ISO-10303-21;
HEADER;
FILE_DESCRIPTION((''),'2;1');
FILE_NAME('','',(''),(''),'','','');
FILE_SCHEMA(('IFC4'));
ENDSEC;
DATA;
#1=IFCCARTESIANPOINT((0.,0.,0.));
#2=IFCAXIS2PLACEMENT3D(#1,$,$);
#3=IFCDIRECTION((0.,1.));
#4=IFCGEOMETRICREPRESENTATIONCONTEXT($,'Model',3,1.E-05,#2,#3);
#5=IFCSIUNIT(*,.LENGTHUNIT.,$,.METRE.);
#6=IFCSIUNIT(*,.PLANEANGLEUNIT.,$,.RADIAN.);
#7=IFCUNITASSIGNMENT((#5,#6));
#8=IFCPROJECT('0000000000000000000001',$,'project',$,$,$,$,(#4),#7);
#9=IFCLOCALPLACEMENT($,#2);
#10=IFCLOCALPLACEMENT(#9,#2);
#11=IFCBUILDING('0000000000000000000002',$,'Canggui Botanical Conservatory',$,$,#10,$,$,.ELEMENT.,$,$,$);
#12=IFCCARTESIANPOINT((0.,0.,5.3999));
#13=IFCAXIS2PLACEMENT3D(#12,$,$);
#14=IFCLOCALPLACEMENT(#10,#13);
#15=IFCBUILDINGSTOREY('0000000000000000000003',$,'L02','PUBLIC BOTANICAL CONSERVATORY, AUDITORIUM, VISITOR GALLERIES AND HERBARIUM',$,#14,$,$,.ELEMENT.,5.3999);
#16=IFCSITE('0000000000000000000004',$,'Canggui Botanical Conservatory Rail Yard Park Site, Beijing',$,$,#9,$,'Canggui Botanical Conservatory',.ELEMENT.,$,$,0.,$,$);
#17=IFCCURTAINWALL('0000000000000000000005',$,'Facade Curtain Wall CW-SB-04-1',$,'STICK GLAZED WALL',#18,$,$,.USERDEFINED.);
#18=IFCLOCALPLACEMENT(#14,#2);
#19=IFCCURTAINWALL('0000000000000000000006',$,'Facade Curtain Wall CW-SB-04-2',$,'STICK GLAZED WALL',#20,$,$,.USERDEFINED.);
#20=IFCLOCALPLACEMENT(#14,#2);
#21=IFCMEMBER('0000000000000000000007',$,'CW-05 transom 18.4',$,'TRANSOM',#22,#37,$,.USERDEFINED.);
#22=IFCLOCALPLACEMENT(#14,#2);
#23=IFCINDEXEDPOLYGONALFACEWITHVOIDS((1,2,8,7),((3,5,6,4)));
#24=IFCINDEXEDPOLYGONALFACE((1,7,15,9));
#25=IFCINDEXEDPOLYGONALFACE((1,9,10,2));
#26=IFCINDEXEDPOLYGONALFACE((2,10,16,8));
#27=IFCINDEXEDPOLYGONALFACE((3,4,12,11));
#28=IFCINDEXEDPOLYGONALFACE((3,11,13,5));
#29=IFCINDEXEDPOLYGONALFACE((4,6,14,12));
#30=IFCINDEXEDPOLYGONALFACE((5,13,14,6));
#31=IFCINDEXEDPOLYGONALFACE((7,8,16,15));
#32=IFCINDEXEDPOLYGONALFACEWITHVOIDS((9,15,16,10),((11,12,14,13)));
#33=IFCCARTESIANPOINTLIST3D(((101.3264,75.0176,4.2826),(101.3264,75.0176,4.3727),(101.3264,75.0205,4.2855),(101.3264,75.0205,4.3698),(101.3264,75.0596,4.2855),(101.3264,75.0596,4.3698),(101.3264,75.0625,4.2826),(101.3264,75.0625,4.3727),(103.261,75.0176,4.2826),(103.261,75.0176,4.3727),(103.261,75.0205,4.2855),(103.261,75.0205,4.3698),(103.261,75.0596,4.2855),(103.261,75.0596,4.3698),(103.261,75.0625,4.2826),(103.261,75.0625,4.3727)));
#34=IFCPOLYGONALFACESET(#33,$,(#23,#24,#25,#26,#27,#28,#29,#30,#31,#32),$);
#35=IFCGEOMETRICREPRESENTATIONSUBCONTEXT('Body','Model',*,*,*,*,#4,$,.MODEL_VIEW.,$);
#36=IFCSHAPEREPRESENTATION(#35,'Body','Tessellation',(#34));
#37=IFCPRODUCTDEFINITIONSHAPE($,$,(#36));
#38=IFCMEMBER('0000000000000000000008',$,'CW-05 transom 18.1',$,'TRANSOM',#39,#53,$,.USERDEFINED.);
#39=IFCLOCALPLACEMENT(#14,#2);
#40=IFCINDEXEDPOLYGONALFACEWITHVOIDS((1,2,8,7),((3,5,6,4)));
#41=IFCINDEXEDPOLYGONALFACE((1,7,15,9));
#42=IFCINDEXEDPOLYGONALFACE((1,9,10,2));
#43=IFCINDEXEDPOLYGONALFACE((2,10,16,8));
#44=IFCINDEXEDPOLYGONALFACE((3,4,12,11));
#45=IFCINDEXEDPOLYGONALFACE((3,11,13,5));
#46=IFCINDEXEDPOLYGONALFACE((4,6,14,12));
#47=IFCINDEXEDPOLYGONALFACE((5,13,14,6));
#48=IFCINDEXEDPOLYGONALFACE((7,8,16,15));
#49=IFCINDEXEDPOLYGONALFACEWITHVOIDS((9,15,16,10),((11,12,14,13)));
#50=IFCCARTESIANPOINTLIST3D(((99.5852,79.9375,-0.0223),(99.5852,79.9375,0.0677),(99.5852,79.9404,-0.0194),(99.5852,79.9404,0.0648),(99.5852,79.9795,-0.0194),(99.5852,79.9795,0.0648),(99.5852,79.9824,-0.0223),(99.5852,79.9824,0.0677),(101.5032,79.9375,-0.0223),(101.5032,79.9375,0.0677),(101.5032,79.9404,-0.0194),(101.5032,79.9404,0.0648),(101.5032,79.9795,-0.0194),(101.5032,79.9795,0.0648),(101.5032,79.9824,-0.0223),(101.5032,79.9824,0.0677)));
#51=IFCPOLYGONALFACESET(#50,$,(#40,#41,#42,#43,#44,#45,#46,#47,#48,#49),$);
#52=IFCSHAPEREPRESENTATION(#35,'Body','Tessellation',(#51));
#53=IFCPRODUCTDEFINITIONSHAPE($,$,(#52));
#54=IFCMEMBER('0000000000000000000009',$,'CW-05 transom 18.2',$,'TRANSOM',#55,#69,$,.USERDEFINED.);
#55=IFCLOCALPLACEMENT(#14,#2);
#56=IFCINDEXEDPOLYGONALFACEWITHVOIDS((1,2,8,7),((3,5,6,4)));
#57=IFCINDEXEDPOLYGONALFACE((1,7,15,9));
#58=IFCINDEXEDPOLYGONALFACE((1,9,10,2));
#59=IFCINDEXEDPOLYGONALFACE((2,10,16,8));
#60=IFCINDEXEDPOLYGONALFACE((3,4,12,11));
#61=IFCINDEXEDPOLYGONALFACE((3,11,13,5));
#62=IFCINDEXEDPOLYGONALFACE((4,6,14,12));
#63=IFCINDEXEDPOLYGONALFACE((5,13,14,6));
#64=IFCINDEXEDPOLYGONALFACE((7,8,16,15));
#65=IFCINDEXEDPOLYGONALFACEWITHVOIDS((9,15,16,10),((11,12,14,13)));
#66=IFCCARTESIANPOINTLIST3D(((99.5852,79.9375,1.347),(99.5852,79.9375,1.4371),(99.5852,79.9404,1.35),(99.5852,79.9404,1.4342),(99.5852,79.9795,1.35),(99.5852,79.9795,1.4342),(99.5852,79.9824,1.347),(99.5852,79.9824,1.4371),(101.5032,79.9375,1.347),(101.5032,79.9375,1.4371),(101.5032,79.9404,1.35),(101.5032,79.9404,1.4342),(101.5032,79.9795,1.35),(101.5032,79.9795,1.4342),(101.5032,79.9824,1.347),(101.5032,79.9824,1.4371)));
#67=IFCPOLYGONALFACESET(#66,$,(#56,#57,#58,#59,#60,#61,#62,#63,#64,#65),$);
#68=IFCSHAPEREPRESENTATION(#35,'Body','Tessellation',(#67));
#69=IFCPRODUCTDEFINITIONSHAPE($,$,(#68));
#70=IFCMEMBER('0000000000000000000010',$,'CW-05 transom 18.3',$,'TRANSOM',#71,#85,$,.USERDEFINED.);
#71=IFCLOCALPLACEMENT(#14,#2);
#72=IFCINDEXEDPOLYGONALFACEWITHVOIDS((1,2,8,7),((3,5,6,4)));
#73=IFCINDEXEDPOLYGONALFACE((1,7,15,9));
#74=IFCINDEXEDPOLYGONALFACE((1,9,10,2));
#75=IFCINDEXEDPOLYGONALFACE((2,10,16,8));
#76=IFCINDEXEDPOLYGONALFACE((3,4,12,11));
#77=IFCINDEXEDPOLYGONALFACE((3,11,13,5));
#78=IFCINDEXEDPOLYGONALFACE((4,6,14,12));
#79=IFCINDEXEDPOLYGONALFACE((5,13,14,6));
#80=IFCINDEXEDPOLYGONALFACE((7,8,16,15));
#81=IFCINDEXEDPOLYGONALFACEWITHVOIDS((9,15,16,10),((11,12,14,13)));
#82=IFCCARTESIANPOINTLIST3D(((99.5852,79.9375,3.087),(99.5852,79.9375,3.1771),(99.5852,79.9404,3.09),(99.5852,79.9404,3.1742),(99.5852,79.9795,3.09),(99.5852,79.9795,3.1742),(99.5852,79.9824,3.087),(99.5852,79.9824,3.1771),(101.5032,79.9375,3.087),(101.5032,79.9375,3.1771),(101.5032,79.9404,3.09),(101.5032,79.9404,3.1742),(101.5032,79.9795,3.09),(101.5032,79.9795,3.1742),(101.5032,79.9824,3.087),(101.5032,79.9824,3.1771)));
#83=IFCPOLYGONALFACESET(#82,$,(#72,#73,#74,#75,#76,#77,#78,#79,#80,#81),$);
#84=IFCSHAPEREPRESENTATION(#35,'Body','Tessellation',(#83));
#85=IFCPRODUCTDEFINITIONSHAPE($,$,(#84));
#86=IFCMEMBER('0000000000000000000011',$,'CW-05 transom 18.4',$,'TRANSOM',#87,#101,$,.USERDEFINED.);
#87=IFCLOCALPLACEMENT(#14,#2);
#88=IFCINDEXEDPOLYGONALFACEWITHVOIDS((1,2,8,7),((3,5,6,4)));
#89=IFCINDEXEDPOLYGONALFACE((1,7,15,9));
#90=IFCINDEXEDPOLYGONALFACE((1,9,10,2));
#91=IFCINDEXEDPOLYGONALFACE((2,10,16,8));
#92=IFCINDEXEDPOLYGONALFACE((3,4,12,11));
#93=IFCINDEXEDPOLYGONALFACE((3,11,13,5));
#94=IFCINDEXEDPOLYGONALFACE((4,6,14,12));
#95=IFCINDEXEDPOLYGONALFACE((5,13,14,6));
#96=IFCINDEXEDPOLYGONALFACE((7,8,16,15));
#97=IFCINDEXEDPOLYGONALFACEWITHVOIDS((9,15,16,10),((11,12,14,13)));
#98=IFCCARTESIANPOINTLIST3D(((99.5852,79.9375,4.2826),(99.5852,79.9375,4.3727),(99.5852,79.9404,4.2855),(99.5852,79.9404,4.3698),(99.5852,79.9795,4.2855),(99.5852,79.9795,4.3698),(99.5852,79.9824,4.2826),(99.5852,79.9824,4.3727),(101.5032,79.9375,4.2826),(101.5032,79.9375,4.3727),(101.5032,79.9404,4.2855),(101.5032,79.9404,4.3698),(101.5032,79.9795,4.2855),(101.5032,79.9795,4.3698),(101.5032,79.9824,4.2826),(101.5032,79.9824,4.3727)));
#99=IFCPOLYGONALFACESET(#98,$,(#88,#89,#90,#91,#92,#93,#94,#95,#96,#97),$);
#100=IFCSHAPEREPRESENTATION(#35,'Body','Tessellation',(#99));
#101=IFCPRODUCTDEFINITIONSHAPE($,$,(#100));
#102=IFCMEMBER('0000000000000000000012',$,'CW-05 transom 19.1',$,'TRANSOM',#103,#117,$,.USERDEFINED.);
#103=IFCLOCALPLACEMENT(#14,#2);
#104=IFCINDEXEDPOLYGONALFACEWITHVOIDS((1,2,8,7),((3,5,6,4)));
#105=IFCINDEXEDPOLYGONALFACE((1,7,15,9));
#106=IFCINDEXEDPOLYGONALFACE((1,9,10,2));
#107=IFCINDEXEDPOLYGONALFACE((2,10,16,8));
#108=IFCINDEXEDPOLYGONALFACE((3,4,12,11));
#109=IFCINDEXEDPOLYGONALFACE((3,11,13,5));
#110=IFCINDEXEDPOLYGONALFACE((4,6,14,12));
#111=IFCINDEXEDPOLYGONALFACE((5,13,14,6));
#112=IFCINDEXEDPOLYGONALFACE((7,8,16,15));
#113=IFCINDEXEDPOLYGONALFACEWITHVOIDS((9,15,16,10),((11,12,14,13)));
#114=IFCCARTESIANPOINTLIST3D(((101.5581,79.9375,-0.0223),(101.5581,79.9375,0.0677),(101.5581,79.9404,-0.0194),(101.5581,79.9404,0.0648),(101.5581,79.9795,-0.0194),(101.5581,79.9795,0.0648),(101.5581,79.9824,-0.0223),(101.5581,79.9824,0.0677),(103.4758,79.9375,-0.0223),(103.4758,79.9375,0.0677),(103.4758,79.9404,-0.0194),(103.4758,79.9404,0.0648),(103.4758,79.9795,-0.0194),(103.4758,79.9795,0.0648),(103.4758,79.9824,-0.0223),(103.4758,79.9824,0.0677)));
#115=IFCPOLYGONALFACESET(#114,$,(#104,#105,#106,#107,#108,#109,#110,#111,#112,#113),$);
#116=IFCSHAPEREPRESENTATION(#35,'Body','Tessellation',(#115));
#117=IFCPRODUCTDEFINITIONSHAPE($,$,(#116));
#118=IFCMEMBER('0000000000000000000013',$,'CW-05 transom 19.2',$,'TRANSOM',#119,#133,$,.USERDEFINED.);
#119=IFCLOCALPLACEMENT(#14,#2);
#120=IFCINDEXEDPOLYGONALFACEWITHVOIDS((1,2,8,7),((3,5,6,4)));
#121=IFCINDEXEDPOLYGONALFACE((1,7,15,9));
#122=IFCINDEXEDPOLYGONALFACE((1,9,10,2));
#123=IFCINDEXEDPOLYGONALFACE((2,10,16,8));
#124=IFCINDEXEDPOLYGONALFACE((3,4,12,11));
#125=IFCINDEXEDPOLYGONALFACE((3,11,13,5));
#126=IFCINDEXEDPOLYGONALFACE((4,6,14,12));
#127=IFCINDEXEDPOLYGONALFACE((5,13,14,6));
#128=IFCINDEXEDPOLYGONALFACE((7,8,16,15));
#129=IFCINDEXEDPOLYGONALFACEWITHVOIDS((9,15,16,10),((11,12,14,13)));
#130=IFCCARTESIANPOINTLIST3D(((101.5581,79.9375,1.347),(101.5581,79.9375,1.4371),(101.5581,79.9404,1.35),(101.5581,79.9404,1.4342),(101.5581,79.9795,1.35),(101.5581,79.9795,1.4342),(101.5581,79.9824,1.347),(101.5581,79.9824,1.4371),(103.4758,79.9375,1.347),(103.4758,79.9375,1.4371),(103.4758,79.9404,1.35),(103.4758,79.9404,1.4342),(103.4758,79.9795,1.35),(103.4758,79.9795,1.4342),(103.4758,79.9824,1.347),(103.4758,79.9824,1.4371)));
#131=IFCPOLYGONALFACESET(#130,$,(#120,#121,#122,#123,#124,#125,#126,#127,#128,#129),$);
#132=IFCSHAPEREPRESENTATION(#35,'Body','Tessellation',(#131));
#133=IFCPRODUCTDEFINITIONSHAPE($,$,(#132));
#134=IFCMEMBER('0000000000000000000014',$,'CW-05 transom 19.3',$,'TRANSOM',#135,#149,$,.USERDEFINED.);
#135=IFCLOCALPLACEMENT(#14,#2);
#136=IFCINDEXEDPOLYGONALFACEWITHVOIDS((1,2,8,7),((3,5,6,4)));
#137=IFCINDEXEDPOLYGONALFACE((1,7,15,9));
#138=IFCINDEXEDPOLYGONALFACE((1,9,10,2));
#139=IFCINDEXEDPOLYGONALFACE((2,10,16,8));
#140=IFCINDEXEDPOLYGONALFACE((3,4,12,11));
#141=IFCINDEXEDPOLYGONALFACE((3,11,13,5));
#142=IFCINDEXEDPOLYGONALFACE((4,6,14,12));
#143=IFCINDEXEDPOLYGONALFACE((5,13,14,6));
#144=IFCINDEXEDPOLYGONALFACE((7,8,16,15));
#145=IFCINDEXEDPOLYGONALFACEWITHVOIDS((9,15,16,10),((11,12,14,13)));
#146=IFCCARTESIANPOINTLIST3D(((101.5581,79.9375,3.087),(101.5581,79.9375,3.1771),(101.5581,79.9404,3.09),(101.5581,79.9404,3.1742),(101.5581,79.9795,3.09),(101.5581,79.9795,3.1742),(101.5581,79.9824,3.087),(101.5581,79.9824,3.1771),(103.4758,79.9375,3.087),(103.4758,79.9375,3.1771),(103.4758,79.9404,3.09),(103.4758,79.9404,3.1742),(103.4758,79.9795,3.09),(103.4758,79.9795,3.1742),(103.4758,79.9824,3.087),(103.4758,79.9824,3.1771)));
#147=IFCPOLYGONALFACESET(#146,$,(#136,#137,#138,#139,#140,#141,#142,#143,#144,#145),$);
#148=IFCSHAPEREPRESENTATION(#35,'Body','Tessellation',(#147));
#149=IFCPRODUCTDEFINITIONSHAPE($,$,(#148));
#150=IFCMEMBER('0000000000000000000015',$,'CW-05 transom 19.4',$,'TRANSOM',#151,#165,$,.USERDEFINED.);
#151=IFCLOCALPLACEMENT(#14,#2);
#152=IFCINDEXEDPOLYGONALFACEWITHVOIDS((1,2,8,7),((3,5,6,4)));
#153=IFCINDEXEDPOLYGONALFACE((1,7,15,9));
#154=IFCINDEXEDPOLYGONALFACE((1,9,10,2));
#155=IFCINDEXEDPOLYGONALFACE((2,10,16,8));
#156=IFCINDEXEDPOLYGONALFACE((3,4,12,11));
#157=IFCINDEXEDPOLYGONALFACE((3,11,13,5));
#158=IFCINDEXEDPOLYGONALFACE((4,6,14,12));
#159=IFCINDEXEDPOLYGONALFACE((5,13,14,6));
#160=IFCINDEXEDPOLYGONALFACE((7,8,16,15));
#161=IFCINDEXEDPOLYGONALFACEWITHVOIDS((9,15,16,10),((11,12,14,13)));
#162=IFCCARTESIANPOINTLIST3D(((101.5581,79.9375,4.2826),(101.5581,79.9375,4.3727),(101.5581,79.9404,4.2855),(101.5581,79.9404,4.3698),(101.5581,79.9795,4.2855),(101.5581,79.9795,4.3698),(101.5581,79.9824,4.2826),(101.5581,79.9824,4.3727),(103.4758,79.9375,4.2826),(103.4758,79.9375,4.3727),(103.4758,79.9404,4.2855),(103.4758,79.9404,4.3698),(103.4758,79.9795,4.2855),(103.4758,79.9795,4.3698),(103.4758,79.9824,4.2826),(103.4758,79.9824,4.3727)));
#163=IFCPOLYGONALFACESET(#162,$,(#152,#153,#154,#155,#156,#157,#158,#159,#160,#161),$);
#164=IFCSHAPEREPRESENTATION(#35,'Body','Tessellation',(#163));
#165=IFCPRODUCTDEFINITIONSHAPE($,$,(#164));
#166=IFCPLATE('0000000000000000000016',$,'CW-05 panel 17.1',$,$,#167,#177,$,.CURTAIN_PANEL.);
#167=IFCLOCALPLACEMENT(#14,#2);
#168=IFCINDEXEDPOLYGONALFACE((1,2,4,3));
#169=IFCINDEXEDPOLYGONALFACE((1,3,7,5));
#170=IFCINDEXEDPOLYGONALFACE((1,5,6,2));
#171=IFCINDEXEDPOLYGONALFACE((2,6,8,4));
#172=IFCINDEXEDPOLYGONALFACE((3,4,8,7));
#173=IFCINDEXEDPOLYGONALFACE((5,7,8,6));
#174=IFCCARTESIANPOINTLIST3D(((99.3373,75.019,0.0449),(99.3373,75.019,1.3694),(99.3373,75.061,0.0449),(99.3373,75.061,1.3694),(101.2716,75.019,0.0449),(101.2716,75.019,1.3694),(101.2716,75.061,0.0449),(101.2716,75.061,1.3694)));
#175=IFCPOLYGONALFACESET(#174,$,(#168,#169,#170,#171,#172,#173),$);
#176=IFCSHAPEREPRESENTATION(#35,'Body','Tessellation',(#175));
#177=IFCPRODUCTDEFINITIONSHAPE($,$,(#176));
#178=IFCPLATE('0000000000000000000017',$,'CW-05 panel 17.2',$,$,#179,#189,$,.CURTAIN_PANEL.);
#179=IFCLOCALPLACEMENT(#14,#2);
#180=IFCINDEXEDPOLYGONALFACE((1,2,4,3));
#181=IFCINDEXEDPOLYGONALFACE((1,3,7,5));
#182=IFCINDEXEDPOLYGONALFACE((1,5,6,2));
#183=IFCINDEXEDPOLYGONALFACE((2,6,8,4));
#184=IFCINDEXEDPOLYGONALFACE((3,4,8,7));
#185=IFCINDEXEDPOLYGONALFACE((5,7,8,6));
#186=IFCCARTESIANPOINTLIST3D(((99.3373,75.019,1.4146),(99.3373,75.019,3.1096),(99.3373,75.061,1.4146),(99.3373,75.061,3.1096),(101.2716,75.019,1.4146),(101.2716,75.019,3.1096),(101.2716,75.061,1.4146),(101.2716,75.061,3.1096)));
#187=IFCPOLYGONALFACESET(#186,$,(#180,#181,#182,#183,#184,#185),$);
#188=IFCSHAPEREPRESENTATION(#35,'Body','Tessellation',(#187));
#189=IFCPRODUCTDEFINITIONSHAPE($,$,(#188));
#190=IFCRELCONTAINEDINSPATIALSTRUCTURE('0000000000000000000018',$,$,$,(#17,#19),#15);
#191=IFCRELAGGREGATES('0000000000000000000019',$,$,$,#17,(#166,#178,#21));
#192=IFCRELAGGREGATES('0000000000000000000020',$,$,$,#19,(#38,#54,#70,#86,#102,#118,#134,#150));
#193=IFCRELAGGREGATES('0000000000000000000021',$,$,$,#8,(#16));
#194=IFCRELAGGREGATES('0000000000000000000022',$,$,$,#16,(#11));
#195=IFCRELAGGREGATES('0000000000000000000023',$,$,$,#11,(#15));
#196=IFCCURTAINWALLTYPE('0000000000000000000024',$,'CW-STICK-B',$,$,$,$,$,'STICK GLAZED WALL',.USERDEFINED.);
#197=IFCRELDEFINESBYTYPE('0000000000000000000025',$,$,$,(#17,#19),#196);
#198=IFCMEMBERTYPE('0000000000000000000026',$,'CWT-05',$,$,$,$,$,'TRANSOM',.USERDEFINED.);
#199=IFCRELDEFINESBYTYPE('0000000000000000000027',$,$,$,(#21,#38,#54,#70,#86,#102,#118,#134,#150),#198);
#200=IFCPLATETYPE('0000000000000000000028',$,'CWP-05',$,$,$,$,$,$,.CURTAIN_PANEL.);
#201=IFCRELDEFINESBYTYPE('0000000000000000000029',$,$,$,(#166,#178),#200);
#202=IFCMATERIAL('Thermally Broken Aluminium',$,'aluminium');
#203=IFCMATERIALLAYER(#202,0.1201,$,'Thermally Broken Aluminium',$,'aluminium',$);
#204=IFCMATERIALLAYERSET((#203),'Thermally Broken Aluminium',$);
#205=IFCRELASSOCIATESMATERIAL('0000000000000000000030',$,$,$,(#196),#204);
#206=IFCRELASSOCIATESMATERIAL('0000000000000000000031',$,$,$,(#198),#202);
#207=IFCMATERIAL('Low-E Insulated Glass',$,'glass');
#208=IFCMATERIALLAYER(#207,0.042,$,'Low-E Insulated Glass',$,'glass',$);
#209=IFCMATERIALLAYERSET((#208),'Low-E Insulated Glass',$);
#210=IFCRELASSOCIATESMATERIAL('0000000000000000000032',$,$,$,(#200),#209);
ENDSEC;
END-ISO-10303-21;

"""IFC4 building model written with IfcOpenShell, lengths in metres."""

from ifc_helpers import new_model, si_unit, direction, frame, origin, origin_2d, place, context, subcontext, project, spatial, rectangle, hollow_rectangle, extrude, material, layer, layer_set, material_profile, profile_set, type_object, element, aggregate, save


model = new_model("IFC4")

# Units and contexts
model_context = context("Model", 3, precision=1e-05, world=origin(), true_north=direction((0.0, 1.0)))
body_context = subcontext(model_context, "Body", "Model", "MODEL_VIEW")
ifc_project = project(units=[si_unit("LENGTHUNIT", "METRE"), si_unit("PLANEANGLEUNIT", "RADIAN")], contexts=[model_context])

# Site, building, storey
site_placement = place(None, origin())
site = spatial("IfcSite", under=ifc_project, at=site_placement, Name="Canggui Botanical Conservatory Rail Yard Park Site, Beijing", LongName="Canggui Botanical Conservatory", CompositionType="ELEMENT", RefElevation=0.0)
building_placement = place(site_placement, origin())
building = spatial("IfcBuilding", under=site, at=building_placement, Name="Canggui Botanical Conservatory", CompositionType="ELEMENT")
storey_placement = place(building_placement, frame((0.0, 0.0, 5.3999)))
storey = spatial("IfcBuildingStorey", under=building, at=storey_placement, Name="L02", Description="PUBLIC BOTANICAL CONSERVATORY, AUDITORIUM, VISITOR GALLERIES AND HERBARIUM", CompositionType="ELEMENT", Elevation=5.3999)

# Curtain walls
ifc_material_1 = material(Name="Thermally Broken Aluminium", Category="aluminium")
ifc_layer_1 = layer(ifc_material_1, 0.1201, Name="Thermally Broken Aluminium", Category="aluminium")
ifc_layer_set_1 = layer_set([ifc_layer_1], Name="Thermally Broken Aluminium")
curtain_wall_type = type_object("IfcCurtainWallType", Name="CW-STICK-B", ElementType="STICK GLAZED WALL", PredefinedType="USERDEFINED", material=ifc_layer_set_1)
curtain_wall_1_placement = place(storey_placement, origin())
curtain_wall_1 = element("IfcCurtainWall", 1, at=curtain_wall_1_placement, inside=storey, type_object=curtain_wall_type, Name="Facade Curtain Wall CW-SB-04-1", ObjectType="STICK GLAZED WALL", PredefinedType="USERDEFINED")
curtain_wall_2_placement = place(storey_placement, origin())
curtain_wall_2 = element("IfcCurtainWall", 2, at=curtain_wall_2_placement, inside=storey, type_object=curtain_wall_type, Name="Facade Curtain Wall CW-SB-04-2", ObjectType="STICK GLAZED WALL", PredefinedType="USERDEFINED")

# Members
ifc_material_profile_1 = material_profile(ifc_material_1, hollow_rectangle(XDim=0.0449, YDim=0.0901, WallThickness=0.0029, at=origin_2d()), Name="CWT 45x90x3")
ifc_profile_set_1 = profile_set([ifc_material_profile_1], Name="Thermally Broken Aluminium")
member_type_1 = type_object("IfcMemberType", Name="CWT-05", ElementType="TRANSOM", PredefinedType="USERDEFINED", material=ifc_profile_set_1)
member_1_placement = place(storey_placement, frame((101.3264, 75.04, 4.3276), z_axis=(1.0, 0.0, 0.0), x_axis=(0.0, 1.0, 0.0)))
member_1 = element("IfcMember", 3, at=member_1_placement, type_object=member_type_1, Name="CW-05 transom 18.4", ObjectType="TRANSOM", PredefinedType="USERDEFINED", context=body_context, shape_type="SweptSolid", body=[
    extrude(hollow_rectangle(XDim=0.0449, YDim=0.0901, WallThickness=0.0029, at=origin_2d()), origin(), (0.0, 0.0, 1.0), 1.9346),
])
member_2_placement = place(storey_placement, frame((99.5852, 79.96, 0.0227), z_axis=(1.0, 0.0, 0.0), x_axis=(0.0, 1.0, 0.0)))
member_2 = element("IfcMember", 4, at=member_2_placement, type_object=member_type_1, Name="CW-05 transom 18.1", ObjectType="TRANSOM", PredefinedType="USERDEFINED", context=body_context, shape_type="SweptSolid", body=[
    extrude(hollow_rectangle(XDim=0.0449, YDim=0.0901, WallThickness=0.0029, at=origin_2d()), origin(), (0.0, 0.0, 1.0), 1.918),
])
member_3_placement = place(storey_placement, frame((99.5852, 79.96, 1.3921), z_axis=(1.0, 0.0, 0.0), x_axis=(0.0, 1.0, 0.0)))
member_3 = element("IfcMember", 5, at=member_3_placement, type_object=member_type_1, Name="CW-05 transom 18.2", ObjectType="TRANSOM", PredefinedType="USERDEFINED", context=body_context, shape_type="SweptSolid", body=[
    extrude(hollow_rectangle(XDim=0.0449, YDim=0.0901, WallThickness=0.0029, at=origin_2d()), origin(), (0.0, 0.0, 1.0), 1.918),
])
member_4_placement = place(storey_placement, frame((99.5852, 79.96, 3.1321), z_axis=(1.0, 0.0, 0.0), x_axis=(0.0, 1.0, 0.0)))
member_4 = element("IfcMember", 6, at=member_4_placement, type_object=member_type_1, Name="CW-05 transom 18.3", ObjectType="TRANSOM", PredefinedType="USERDEFINED", context=body_context, shape_type="SweptSolid", body=[
    extrude(hollow_rectangle(XDim=0.0449, YDim=0.0901, WallThickness=0.0029, at=origin_2d()), origin(), (0.0, 0.0, 1.0), 1.918),
])
member_5_placement = place(storey_placement, frame((99.5852, 79.96, 4.3276), z_axis=(1.0, 0.0, 0.0), x_axis=(0.0, 1.0, 0.0)))
member_5 = element("IfcMember", 7, at=member_5_placement, type_object=member_type_1, Name="CW-05 transom 18.4", ObjectType="TRANSOM", PredefinedType="USERDEFINED", context=body_context, shape_type="SweptSolid", body=[
    extrude(hollow_rectangle(XDim=0.0449, YDim=0.0901, WallThickness=0.0029, at=origin_2d()), origin(), (0.0, 0.0, 1.0), 1.918),
])
member_6_placement = place(storey_placement, frame((101.5581, 79.96, 0.0227), z_axis=(1.0, 0.0, 0.0), x_axis=(0.0, 1.0, 0.0)))
member_6 = element("IfcMember", 8, at=member_6_placement, type_object=member_type_1, Name="CW-05 transom 19.1", ObjectType="TRANSOM", PredefinedType="USERDEFINED", context=body_context, shape_type="SweptSolid", body=[
    extrude(hollow_rectangle(XDim=0.0449, YDim=0.0901, WallThickness=0.0029, at=origin_2d()), origin(), (0.0, 0.0, 1.0), 1.9177),
])
member_7_placement = place(storey_placement, frame((101.5581, 79.96, 1.3921), z_axis=(1.0, 0.0, 0.0), x_axis=(0.0, 1.0, 0.0)))
member_7 = element("IfcMember", 9, at=member_7_placement, type_object=member_type_1, Name="CW-05 transom 19.2", ObjectType="TRANSOM", PredefinedType="USERDEFINED", context=body_context, shape_type="SweptSolid", body=[
    extrude(hollow_rectangle(XDim=0.0449, YDim=0.0901, WallThickness=0.0029, at=origin_2d()), origin(), (0.0, 0.0, 1.0), 1.9177),
])
member_8_placement = place(storey_placement, frame((101.5581, 79.96, 3.1321), z_axis=(1.0, 0.0, 0.0), x_axis=(0.0, 1.0, 0.0)))
member_8 = element("IfcMember", 10, at=member_8_placement, type_object=member_type_1, Name="CW-05 transom 19.3", ObjectType="TRANSOM", PredefinedType="USERDEFINED", context=body_context, shape_type="SweptSolid", body=[
    extrude(hollow_rectangle(XDim=0.0449, YDim=0.0901, WallThickness=0.0029, at=origin_2d()), origin(), (0.0, 0.0, 1.0), 1.9177),
])
member_9_placement = place(storey_placement, frame((101.5581, 79.96, 4.3276), z_axis=(1.0, 0.0, 0.0), x_axis=(0.0, 1.0, 0.0)))
member_9 = element("IfcMember", 11, at=member_9_placement, type_object=member_type_1, Name="CW-05 transom 19.4", ObjectType="TRANSOM", PredefinedType="USERDEFINED", context=body_context, shape_type="SweptSolid", body=[
    extrude(hollow_rectangle(XDim=0.0449, YDim=0.0901, WallThickness=0.0029, at=origin_2d()), origin(), (0.0, 0.0, 1.0), 1.9177),
])

# Plates
ifc_material_2 = material(Name="Low-E Insulated Glass", Category="glass")
ifc_layer_2 = layer(ifc_material_2, 0.042, Name="Low-E Insulated Glass", Category="glass")
ifc_layer_set_2 = layer_set([ifc_layer_2], Name="Low-E Insulated Glass")
plate_type = type_object("IfcPlateType", Name="CWP-05", PredefinedType="CURTAIN_PANEL", material=ifc_layer_set_2)
plate_1_placement = place(storey_placement, frame((100.3044, 75.04, 0.0449), z_axis=(0.0, 0.0, 1.0), x_axis=(1.0, 0.0, 0.0)))
plate_1 = element("IfcPlate", 12, at=plate_1_placement, type_object=plate_type, Name="CW-05 panel 17.1", PredefinedType="CURTAIN_PANEL", context=body_context, shape_type="SweptSolid", body=[
    extrude(rectangle(XDim=1.9343, YDim=0.042, at=origin_2d()), origin(), (0.0, 0.0, 1.0), 1.3245),
])
plate_2_placement = place(storey_placement, frame((100.3044, 75.04, 1.4146), z_axis=(0.0, 0.0, 1.0), x_axis=(1.0, 0.0, 0.0)))
plate_2 = element("IfcPlate", 13, at=plate_2_placement, type_object=plate_type, Name="CW-05 panel 17.2", PredefinedType="CURTAIN_PANEL", context=body_context, shape_type="SweptSolid", body=[
    extrude(rectangle(XDim=1.9343, YDim=0.042, at=origin_2d()), origin(), (0.0, 0.0, 1.0), 1.6951),
])
aggregate(curtain_wall_1, [plate_1, plate_2, member_1])
aggregate(curtain_wall_2, [member_2, member_3, member_4, member_5, member_6, member_7, member_8, member_9])

save(model, "model.ifc")
